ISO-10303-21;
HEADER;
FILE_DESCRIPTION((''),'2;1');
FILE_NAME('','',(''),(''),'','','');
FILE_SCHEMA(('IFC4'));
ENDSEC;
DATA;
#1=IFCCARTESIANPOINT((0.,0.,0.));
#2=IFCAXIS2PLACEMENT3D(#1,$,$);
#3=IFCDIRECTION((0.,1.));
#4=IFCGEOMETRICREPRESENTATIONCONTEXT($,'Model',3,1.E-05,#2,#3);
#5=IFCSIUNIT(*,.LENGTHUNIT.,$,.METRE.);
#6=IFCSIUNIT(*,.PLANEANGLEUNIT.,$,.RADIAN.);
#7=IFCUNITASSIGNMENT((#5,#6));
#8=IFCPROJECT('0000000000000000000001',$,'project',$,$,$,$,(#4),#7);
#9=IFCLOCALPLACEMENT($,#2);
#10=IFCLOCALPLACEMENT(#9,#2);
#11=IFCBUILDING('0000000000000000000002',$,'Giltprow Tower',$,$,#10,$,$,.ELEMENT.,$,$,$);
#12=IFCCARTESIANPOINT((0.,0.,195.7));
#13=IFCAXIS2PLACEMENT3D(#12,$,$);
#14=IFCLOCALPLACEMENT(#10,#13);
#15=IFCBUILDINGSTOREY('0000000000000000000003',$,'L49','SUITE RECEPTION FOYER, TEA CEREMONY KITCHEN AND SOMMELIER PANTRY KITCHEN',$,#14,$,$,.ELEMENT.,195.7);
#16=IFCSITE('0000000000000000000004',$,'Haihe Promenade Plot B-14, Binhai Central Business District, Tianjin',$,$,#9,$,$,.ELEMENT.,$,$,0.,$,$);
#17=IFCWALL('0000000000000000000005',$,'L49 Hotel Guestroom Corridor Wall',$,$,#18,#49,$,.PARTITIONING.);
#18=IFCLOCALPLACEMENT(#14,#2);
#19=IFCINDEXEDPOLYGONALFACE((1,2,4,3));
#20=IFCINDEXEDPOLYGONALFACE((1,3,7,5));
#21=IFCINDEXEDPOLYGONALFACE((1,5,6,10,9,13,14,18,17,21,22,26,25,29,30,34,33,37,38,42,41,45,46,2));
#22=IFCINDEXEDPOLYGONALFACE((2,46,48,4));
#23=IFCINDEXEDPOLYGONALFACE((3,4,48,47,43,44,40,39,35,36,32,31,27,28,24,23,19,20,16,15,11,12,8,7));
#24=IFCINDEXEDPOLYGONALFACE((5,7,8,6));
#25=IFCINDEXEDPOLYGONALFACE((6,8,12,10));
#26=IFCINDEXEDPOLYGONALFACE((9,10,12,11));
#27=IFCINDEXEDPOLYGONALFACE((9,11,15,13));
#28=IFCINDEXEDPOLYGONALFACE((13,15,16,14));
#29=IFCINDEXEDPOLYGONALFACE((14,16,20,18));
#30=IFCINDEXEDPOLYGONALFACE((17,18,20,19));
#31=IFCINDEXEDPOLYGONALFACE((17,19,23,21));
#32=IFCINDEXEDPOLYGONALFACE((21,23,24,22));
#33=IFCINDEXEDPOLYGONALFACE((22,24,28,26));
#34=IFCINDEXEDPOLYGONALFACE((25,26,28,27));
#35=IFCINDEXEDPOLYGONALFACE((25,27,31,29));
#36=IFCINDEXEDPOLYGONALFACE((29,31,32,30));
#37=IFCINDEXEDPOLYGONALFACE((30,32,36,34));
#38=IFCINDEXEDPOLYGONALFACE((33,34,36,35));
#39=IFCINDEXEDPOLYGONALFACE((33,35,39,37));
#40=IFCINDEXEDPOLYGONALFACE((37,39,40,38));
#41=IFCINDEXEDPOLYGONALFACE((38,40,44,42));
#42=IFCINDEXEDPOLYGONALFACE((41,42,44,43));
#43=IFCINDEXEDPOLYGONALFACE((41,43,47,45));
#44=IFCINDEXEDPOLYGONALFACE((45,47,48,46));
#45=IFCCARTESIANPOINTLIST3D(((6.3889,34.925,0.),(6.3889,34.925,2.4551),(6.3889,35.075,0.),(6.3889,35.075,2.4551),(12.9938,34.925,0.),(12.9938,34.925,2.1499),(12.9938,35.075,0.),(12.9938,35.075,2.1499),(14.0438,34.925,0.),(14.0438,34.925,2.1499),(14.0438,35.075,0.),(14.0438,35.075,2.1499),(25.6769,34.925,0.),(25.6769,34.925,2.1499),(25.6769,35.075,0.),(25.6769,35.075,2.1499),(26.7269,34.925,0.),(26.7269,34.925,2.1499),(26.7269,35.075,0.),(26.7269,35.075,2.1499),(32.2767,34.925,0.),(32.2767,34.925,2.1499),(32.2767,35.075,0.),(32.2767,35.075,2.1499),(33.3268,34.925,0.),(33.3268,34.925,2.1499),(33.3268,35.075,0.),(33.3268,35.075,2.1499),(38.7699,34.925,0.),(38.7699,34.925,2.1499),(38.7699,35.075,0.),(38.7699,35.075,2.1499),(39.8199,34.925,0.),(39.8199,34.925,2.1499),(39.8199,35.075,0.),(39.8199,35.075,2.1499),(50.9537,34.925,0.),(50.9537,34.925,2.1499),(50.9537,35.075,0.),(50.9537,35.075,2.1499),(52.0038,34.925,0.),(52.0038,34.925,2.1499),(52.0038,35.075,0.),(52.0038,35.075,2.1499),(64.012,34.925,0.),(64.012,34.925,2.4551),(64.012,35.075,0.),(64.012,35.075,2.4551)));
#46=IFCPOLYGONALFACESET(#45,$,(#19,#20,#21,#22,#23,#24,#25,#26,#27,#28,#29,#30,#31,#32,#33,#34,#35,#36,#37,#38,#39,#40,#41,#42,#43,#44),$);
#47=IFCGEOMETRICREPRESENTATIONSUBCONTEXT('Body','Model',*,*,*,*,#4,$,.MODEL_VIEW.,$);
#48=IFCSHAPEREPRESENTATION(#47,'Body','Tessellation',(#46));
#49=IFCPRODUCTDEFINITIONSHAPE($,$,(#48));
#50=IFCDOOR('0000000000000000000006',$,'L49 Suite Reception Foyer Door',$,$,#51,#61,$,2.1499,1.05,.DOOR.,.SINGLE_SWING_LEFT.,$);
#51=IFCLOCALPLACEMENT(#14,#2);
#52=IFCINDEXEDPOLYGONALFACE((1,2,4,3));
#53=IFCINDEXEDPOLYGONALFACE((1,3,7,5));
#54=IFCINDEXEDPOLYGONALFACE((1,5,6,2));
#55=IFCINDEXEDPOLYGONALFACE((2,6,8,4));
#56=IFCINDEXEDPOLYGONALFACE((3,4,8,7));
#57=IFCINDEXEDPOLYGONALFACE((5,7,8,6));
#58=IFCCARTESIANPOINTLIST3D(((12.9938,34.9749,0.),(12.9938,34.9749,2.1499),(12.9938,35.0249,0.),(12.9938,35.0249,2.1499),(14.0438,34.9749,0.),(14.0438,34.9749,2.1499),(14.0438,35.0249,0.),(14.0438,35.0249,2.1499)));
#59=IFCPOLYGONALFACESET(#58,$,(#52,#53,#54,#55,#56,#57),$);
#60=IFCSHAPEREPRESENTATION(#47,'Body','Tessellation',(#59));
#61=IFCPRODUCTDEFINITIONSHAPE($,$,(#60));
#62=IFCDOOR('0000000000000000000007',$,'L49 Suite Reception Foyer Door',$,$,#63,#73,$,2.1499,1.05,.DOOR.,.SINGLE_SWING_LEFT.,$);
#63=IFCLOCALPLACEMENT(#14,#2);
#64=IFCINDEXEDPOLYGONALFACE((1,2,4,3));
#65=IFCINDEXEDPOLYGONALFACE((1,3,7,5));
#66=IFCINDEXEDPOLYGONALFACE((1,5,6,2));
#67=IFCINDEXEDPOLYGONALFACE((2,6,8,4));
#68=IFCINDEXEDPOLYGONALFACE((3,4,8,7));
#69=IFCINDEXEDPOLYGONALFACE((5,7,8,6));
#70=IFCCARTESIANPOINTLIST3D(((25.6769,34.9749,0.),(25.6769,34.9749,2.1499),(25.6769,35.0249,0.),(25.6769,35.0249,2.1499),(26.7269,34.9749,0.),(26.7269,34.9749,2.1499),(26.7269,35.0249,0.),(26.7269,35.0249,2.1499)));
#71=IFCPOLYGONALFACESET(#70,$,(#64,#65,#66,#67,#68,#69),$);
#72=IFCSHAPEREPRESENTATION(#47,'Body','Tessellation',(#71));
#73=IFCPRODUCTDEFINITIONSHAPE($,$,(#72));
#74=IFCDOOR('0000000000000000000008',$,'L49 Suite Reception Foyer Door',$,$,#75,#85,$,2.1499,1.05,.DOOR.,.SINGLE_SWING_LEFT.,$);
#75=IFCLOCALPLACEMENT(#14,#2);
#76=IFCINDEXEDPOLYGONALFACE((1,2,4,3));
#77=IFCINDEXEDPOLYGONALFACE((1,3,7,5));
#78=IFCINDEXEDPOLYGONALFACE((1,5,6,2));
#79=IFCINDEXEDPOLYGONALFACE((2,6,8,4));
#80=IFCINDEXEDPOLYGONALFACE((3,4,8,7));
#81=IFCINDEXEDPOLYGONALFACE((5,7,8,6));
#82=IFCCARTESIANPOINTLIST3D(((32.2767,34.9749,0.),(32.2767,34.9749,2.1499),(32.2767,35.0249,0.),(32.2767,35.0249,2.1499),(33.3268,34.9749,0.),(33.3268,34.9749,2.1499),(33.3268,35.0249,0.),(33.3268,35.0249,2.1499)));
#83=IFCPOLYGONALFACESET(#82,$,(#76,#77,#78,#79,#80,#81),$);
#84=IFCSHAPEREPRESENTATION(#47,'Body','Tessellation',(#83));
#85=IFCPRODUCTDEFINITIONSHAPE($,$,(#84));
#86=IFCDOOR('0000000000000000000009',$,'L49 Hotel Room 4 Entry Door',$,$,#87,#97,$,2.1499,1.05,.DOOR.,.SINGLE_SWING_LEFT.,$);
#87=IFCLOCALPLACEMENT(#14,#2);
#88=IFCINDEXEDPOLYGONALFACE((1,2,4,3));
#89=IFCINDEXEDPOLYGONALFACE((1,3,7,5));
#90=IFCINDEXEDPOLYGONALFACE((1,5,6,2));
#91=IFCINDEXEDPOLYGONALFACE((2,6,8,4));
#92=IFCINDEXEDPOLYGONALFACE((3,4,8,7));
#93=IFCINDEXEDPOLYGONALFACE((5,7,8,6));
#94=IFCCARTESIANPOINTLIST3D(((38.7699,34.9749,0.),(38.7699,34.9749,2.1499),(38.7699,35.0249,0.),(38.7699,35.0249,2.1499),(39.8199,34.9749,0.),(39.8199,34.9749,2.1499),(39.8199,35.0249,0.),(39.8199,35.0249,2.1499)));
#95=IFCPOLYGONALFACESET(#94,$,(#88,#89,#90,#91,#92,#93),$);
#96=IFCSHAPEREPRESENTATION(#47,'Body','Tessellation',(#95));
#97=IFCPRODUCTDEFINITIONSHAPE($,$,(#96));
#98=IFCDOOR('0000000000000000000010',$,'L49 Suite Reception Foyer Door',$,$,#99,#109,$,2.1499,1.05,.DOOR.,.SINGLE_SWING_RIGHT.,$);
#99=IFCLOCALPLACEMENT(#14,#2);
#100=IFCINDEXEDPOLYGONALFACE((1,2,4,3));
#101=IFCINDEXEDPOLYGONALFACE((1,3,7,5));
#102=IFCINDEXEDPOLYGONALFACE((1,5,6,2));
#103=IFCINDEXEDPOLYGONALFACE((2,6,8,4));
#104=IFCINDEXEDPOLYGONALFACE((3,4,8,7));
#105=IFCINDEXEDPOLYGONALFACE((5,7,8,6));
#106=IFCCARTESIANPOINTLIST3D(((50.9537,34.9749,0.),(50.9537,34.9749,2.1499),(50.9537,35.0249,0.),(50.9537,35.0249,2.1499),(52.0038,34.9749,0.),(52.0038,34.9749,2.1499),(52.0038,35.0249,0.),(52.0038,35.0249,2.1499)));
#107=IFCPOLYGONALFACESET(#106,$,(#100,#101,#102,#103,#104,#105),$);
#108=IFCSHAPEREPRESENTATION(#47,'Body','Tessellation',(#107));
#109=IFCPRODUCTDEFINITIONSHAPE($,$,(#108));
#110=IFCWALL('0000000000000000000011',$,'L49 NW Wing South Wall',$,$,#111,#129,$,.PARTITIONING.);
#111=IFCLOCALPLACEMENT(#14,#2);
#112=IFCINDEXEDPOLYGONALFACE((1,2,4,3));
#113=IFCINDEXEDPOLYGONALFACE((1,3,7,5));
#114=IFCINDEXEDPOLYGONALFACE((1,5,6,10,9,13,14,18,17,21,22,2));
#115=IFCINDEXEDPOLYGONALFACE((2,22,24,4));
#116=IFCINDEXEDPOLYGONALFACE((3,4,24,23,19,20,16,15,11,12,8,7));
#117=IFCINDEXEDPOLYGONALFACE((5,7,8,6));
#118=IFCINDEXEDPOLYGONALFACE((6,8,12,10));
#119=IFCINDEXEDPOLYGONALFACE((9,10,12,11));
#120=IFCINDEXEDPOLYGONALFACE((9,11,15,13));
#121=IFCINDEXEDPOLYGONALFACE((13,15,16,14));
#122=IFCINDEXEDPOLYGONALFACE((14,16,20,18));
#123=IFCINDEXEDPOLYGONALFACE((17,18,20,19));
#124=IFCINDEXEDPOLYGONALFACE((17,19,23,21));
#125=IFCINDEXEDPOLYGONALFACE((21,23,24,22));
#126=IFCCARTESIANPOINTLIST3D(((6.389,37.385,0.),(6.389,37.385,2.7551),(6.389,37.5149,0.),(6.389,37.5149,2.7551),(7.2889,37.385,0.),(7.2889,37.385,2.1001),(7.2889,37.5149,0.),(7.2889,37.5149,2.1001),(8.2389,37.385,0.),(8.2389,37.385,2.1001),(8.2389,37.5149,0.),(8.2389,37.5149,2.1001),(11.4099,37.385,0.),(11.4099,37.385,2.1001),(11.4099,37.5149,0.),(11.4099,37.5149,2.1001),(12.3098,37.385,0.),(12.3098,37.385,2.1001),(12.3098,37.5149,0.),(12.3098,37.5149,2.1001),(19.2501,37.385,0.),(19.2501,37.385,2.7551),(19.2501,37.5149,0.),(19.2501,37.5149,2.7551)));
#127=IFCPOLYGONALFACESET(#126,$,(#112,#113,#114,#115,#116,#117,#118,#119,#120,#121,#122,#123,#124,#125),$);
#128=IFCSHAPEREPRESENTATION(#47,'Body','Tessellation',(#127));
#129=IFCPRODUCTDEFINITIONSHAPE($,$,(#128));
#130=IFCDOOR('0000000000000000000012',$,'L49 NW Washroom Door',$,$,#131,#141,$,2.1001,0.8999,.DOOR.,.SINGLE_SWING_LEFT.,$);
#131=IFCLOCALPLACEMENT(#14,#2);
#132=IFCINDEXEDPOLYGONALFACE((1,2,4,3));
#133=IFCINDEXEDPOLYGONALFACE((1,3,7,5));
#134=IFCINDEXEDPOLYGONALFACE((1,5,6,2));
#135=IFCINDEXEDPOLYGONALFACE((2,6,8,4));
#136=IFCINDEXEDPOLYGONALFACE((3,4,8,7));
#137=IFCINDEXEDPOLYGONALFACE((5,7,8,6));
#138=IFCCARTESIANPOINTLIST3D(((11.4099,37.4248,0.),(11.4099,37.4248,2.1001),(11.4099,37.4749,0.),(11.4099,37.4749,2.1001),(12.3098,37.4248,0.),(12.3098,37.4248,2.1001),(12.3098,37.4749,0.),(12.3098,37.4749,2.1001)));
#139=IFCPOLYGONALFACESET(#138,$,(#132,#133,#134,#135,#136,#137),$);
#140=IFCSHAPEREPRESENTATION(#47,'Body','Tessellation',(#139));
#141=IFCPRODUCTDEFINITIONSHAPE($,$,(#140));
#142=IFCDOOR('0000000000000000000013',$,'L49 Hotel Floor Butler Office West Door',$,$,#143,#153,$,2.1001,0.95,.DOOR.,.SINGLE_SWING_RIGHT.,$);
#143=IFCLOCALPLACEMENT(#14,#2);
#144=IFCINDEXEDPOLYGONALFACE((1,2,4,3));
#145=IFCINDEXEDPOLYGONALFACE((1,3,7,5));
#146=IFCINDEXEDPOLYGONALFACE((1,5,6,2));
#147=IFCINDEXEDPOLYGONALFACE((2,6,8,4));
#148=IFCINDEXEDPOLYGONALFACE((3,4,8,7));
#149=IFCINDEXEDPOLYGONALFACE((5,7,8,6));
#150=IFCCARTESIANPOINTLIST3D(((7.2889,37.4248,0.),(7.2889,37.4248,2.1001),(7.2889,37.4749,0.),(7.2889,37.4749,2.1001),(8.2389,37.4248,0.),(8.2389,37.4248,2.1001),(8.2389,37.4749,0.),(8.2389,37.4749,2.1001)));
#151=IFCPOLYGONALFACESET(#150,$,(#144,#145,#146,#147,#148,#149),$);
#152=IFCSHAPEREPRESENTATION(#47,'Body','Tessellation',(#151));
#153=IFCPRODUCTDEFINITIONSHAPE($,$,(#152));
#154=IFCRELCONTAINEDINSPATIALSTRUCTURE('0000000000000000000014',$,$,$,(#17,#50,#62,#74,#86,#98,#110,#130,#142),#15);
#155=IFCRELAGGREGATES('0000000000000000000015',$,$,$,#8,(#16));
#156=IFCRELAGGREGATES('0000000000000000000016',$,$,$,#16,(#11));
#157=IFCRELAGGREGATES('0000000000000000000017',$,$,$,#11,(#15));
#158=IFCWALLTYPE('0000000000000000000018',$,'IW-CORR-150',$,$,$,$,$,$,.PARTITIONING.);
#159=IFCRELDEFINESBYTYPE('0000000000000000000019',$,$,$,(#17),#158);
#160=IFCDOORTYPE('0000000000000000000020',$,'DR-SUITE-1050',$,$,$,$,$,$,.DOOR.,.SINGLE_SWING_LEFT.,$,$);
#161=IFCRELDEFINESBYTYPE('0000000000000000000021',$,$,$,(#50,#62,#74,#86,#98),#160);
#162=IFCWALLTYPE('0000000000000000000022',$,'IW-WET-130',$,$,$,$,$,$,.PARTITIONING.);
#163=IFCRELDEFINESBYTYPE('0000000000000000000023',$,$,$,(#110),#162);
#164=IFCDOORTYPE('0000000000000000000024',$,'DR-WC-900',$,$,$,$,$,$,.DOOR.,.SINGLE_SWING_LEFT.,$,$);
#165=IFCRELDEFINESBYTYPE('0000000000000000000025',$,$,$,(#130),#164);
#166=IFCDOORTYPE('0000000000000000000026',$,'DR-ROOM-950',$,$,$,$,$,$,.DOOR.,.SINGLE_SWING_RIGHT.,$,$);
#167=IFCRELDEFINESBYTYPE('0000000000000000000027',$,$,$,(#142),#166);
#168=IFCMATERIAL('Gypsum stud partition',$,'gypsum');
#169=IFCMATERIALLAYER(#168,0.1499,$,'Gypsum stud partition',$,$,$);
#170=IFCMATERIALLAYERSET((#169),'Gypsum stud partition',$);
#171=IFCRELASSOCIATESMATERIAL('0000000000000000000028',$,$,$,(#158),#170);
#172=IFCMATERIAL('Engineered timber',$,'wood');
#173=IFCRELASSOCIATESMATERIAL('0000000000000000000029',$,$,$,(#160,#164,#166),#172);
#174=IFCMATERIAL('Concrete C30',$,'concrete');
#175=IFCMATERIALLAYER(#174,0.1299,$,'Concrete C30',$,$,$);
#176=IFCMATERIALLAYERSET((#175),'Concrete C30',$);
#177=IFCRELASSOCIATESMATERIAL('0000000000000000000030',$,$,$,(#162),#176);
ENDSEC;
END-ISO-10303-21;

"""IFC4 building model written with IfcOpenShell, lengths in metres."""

from ifc_helpers import new_model, si_unit, direction, frame, frame_2d, origin, place, context, subcontext, project, spatial, rectangle, extrude, source, transform, mapped, material, layer, layer_set, type_object, element, fill, save


model = new_model("IFC4")

# Units and contexts
model_context = context("Model", 3, precision=1e-05, world=origin(), true_north=direction((0.0, 1.0)))
body_context = subcontext(model_context, "Body", "Model", "MODEL_VIEW")
ifc_project = project(units=[si_unit("LENGTHUNIT", "METRE"), si_unit("PLANEANGLEUNIT", "RADIAN")], contexts=[model_context])

# Site, building, storey
site_placement = place(None, origin())
site = spatial("IfcSite", under=ifc_project, at=site_placement, Name="Haihe Promenade Plot B-14, Binhai Central Business District, Tianjin", CompositionType="ELEMENT", RefElevation=0.0)
building_placement = place(site_placement, origin())
building = spatial("IfcBuilding", under=site, at=building_placement, Name="Giltprow Tower", CompositionType="ELEMENT")
storey_placement = place(building_placement, frame((0.0, 0.0, 195.7)))
storey = spatial("IfcBuildingStorey", under=building, at=storey_placement, Name="L49", Description="SUITE RECEPTION FOYER, TEA CEREMONY KITCHEN AND SOMMELIER PANTRY KITCHEN", CompositionType="ELEMENT", Elevation=195.7)

# Walls, openings, doors
ifc_material_1 = material(Name="Gypsum stud partition", Category="gypsum")
ifc_layer_1 = layer(ifc_material_1, 0.1499, Name="Gypsum stud partition")
ifc_layer_set_1 = layer_set([ifc_layer_1], Name="Gypsum stud partition")
wall_type_1 = type_object("IfcWallType", Name="IW-CORR-150", PredefinedType="PARTITIONING", material=ifc_layer_set_1)
wall_1_placement = place(storey_placement, frame((6.3889, 35.0, 0.0), z_axis=(0.0, 0.0, 1.0), x_axis=(1.0, 0.0, 0.0)))
wall_1 = element("IfcWall", 1, at=wall_1_placement, inside=storey, type_object=wall_type_1, Name="L49 Hotel Guestroom Corridor Wall", PredefinedType="PARTITIONING", context=body_context, shape_type="SweptSolid", body=[
    extrude(rectangle(XDim=57.623, YDim=0.1499, at=frame_2d((28.8115, 0.0))), origin(), (0.0, 0.0, 1.0), 2.4551),
])
opening_1_placement = place(wall_1_placement, frame((6.605, 0.0, 0.0)))
opening_1 = element("IfcOpeningElement", 2, at=opening_1_placement, cuts=wall_1, PredefinedType="OPENING", context=body_context, shape_type="SweptSolid", body=[
    extrude(rectangle(XDim=1.05, YDim=2.1499, at=frame_2d((0.5249, 1.075))), frame((0.0, 0.085, 0.0), z_axis=(0.0, -1.0, 0.0), x_axis=(1.0, 0.0, 0.0)), (0.0, 0.0, 1.0), 0.1699),
])
opening_2_placement = place(wall_1_placement, frame((19.2881, 0.0, 0.0)))
opening_2 = element("IfcOpeningElement", 3, at=opening_2_placement, cuts=wall_1, PredefinedType="OPENING", context=body_context, shape_type="SweptSolid", body=[
    extrude(rectangle(XDim=1.05, YDim=2.1499, at=frame_2d((0.5249, 1.075))), frame((0.0, 0.085, 0.0), z_axis=(0.0, -1.0, 0.0), x_axis=(1.0, 0.0, 0.0)), (0.0, 0.0, 1.0), 0.1699),
])
opening_3_placement = place(wall_1_placement, frame((25.8879, 0.0, 0.0)))
opening_3 = element("IfcOpeningElement", 4, at=opening_3_placement, cuts=wall_1, PredefinedType="OPENING", context=body_context, shape_type="SweptSolid", body=[
    extrude(rectangle(XDim=1.05, YDim=2.1499, at=frame_2d((0.5249, 1.075))), frame((0.0, 0.085, 0.0), z_axis=(0.0, -1.0, 0.0), x_axis=(1.0, 0.0, 0.0)), (0.0, 0.0, 1.0), 0.1699),
])
opening_4_placement = place(wall_1_placement, frame((32.3811, 0.0, 0.0)))
opening_4 = element("IfcOpeningElement", 5, at=opening_4_placement, cuts=wall_1, PredefinedType="OPENING", context=body_context, shape_type="SweptSolid", body=[
    extrude(rectangle(XDim=1.05, YDim=2.1499, at=frame_2d((0.5249, 1.075))), frame((0.0, 0.085, 0.0), z_axis=(0.0, -1.0, 0.0), x_axis=(1.0, 0.0, 0.0)), (0.0, 0.0, 1.0), 0.1699),
])
opening_5_placement = place(wall_1_placement, frame((44.5649, 0.0, 0.0)))
opening_5 = element("IfcOpeningElement", 6, at=opening_5_placement, cuts=wall_1, PredefinedType="OPENING", context=body_context, shape_type="SweptSolid", body=[
    extrude(rectangle(XDim=1.05, YDim=2.1499, at=frame_2d((0.5249, 1.075))), frame((0.0, 0.085, 0.0), z_axis=(0.0, -1.0, 0.0), x_axis=(1.0, 0.0, 0.0)), (0.0, 0.0, 1.0), 0.1699),
])
ifc_material_2 = material(Name="Engineered timber", Category="wood")
door_type_1 = type_object("IfcDoorType", Name="DR-SUITE-1050", OperationType="SINGLE_SWING_LEFT", PredefinedType="DOOR", material=ifc_material_2)
shared_shape_1 = source(origin(), body_context, "Body", "SweptSolid", [
    extrude(rectangle(XDim=1.05, YDim=2.1499, at=frame_2d((0.5249, 1.075))), frame((0.0, 0.0249, 0.0), z_axis=(0.0, -1.0, 0.0), x_axis=(1.0, 0.0, 0.0)), (0.0, 0.0, 1.0), 0.05),
])
door_1_placement = place(opening_1_placement, origin())
door_1 = element("IfcDoor", 7, at=door_1_placement, inside=storey, type_object=door_type_1, Name="L49 Suite Reception Foyer Door", OperationType="SINGLE_SWING_LEFT", OverallHeight=2.1499, OverallWidth=1.05, PredefinedType="DOOR", context=body_context, shape_type="MappedRepresentation", body=[
    mapped(shared_shape_1, transform((0.0, 0.0, 0.0), x_axis=(1.0, 0.0, 0.0), y_axis=(0.0, 1.0, 0.0), z_axis=(0.0, 0.0, 1.0), scale=1.0)),
])
fill(opening_1, door_1)
door_2_placement = place(opening_2_placement, origin())
door_2 = element("IfcDoor", 8, at=door_2_placement, inside=storey, type_object=door_type_1, Name="L49 Suite Reception Foyer Door", OperationType="SINGLE_SWING_LEFT", OverallHeight=2.1499, OverallWidth=1.05, PredefinedType="DOOR", context=body_context, shape_type="MappedRepresentation", body=[
    mapped(shared_shape_1, transform((0.0, 0.0, 0.0), x_axis=(1.0, 0.0, 0.0), y_axis=(0.0, 1.0, 0.0), z_axis=(0.0, 0.0, 1.0), scale=1.0)),
])
fill(opening_2, door_2)
door_3_placement = place(opening_3_placement, origin())
door_3 = element("IfcDoor", 9, at=door_3_placement, inside=storey, type_object=door_type_1, Name="L49 Suite Reception Foyer Door", OperationType="SINGLE_SWING_LEFT", OverallHeight=2.1499, OverallWidth=1.05, PredefinedType="DOOR", context=body_context, shape_type="MappedRepresentation", body=[
    mapped(shared_shape_1, transform((0.0, 0.0, 0.0), x_axis=(1.0, 0.0, 0.0), y_axis=(0.0, 1.0, 0.0), z_axis=(0.0, 0.0, 1.0), scale=1.0)),
])
fill(opening_3, door_3)
door_4_placement = place(opening_4_placement, origin())
door_4 = element("IfcDoor", 10, at=door_4_placement, inside=storey, type_object=door_type_1, Name="L49 Hotel Room 4 Entry Door", OperationType="SINGLE_SWING_LEFT", OverallHeight=2.1499, OverallWidth=1.05, PredefinedType="DOOR", context=body_context, shape_type="MappedRepresentation", body=[
    mapped(shared_shape_1, transform((0.0, 0.0, 0.0), x_axis=(1.0, 0.0, 0.0), y_axis=(0.0, 1.0, 0.0), z_axis=(0.0, 0.0, 1.0), scale=1.0)),
])
fill(opening_4, door_4)
door_5_placement = place(opening_5_placement, origin())
door_5 = element("IfcDoor", 11, at=door_5_placement, inside=storey, type_object=door_type_1, Name="L49 Suite Reception Foyer Door", OperationType="SINGLE_SWING_RIGHT", OverallHeight=2.1499, OverallWidth=1.05, PredefinedType="DOOR", context=body_context, shape_type="MappedRepresentation", body=[
    mapped(shared_shape_1, transform((0.0, 0.0, 0.0), x_axis=(1.0, 0.0, 0.0), y_axis=(0.0, 1.0, 0.0), z_axis=(0.0, 0.0, 1.0), scale=1.0)),
])
fill(opening_5, door_5)
ifc_material_3 = material(Name="Concrete C30", Category="concrete")
ifc_layer_2 = layer(ifc_material_3, 0.1299, Name="Concrete C30")
ifc_layer_set_2 = layer_set([ifc_layer_2], Name="Concrete C30")
wall_type_2 = type_object("IfcWallType", Name="IW-WET-130", PredefinedType="PARTITIONING", material=ifc_layer_set_2)
wall_2_placement = place(storey_placement, frame((6.3889, 37.45, 0.0), z_axis=(0.0, 0.0, 1.0), x_axis=(1.0, 0.0, 0.0)))
wall_2 = element("IfcWall", 12, at=wall_2_placement, inside=storey, type_object=wall_type_2, Name="L49 NW Wing South Wall", PredefinedType="PARTITIONING", context=body_context, shape_type="SweptSolid", body=[
    extrude(rectangle(XDim=12.8611, YDim=0.1299, at=frame_2d((6.4307, 0.0))), origin(), (0.0, 0.0, 1.0), 2.7551),
])
opening_6_placement = place(wall_2_placement, frame((0.8999, 0.0, 0.0)))
opening_6 = element("IfcOpeningElement", 13, at=opening_6_placement, cuts=wall_2, PredefinedType="OPENING", context=body_context, shape_type="SweptSolid", body=[
    extrude(rectangle(XDim=0.95, YDim=2.1001, at=frame_2d((0.4751, 1.05))), frame((0.0, 0.075, 0.0), z_axis=(0.0, -1.0, 0.0), x_axis=(1.0, 0.0, 0.0)), (0.0, 0.0, 1.0), 0.1499),
])
opening_7_placement = place(wall_2_placement, frame((5.021, 0.0, 0.0)))
opening_7 = element("IfcOpeningElement", 14, at=opening_7_placement, cuts=wall_2, PredefinedType="OPENING", context=body_context, shape_type="SweptSolid", body=[
    extrude(rectangle(XDim=0.8999, YDim=2.1001, at=frame_2d((0.45, 1.05))), frame((0.0, 0.075, 0.0), z_axis=(0.0, -1.0, 0.0), x_axis=(1.0, 0.0, 0.0)), (0.0, 0.0, 1.0), 0.1499),
])
door_type_2 = type_object("IfcDoorType", Name="DR-WC-900", OperationType="SINGLE_SWING_LEFT", PredefinedType="DOOR", material=ifc_material_2)
shared_shape_2 = source(origin(), body_context, "Body", "SweptSolid", [
    extrude(rectangle(XDim=0.8999, YDim=2.1001, at=frame_2d((0.45, 1.05))), frame((0.0, 0.0249, 0.0), z_axis=(0.0, -1.0, 0.0), x_axis=(1.0, 0.0, 0.0)), (0.0, 0.0, 1.0), 0.05),
])
door_6_placement = place(opening_7_placement, origin())
door_6 = element("IfcDoor", 15, at=door_6_placement, inside=storey, type_object=door_type_2, Name="L49 NW Washroom Door", OperationType="SINGLE_SWING_LEFT", OverallHeight=2.1001, OverallWidth=0.8999, PredefinedType="DOOR", context=body_context, shape_type="MappedRepresentation", body=[
    mapped(shared_shape_2, transform((0.0, 0.0, 0.0), x_axis=(1.0, 0.0, 0.0), y_axis=(0.0, 1.0, 0.0), z_axis=(0.0, 0.0, 1.0), scale=1.0)),
])
fill(opening_7, door_6)
door_type_3 = type_object("IfcDoorType", Name="DR-ROOM-950", OperationType="SINGLE_SWING_RIGHT", PredefinedType="DOOR", material=ifc_material_2)
shared_shape_3 = source(origin(), body_context, "Body", "SweptSolid", [
    extrude(rectangle(XDim=0.95, YDim=2.1001, at=frame_2d((0.4751, 1.05))), frame((0.0, 0.0249, 0.0), z_axis=(0.0, -1.0, 0.0), x_axis=(1.0, 0.0, 0.0)), (0.0, 0.0, 1.0), 0.05),
])
door_7_placement = place(opening_6_placement, origin())
door_7 = element("IfcDoor", 16, at=door_7_placement, inside=storey, type_object=door_type_3, Name="L49 Hotel Floor Butler Office West Door", OperationType="SINGLE_SWING_RIGHT", OverallHeight=2.1001, OverallWidth=0.95, PredefinedType="DOOR", context=body_context, shape_type="MappedRepresentation", body=[
    mapped(shared_shape_3, transform((0.0, 0.0, 0.0), x_axis=(1.0, 0.0, 0.0), y_axis=(0.0, 1.0, 0.0), z_axis=(0.0, 0.0, 1.0), scale=1.0)),
])
fill(opening_6, door_7)

save(model, "model.ifc")
